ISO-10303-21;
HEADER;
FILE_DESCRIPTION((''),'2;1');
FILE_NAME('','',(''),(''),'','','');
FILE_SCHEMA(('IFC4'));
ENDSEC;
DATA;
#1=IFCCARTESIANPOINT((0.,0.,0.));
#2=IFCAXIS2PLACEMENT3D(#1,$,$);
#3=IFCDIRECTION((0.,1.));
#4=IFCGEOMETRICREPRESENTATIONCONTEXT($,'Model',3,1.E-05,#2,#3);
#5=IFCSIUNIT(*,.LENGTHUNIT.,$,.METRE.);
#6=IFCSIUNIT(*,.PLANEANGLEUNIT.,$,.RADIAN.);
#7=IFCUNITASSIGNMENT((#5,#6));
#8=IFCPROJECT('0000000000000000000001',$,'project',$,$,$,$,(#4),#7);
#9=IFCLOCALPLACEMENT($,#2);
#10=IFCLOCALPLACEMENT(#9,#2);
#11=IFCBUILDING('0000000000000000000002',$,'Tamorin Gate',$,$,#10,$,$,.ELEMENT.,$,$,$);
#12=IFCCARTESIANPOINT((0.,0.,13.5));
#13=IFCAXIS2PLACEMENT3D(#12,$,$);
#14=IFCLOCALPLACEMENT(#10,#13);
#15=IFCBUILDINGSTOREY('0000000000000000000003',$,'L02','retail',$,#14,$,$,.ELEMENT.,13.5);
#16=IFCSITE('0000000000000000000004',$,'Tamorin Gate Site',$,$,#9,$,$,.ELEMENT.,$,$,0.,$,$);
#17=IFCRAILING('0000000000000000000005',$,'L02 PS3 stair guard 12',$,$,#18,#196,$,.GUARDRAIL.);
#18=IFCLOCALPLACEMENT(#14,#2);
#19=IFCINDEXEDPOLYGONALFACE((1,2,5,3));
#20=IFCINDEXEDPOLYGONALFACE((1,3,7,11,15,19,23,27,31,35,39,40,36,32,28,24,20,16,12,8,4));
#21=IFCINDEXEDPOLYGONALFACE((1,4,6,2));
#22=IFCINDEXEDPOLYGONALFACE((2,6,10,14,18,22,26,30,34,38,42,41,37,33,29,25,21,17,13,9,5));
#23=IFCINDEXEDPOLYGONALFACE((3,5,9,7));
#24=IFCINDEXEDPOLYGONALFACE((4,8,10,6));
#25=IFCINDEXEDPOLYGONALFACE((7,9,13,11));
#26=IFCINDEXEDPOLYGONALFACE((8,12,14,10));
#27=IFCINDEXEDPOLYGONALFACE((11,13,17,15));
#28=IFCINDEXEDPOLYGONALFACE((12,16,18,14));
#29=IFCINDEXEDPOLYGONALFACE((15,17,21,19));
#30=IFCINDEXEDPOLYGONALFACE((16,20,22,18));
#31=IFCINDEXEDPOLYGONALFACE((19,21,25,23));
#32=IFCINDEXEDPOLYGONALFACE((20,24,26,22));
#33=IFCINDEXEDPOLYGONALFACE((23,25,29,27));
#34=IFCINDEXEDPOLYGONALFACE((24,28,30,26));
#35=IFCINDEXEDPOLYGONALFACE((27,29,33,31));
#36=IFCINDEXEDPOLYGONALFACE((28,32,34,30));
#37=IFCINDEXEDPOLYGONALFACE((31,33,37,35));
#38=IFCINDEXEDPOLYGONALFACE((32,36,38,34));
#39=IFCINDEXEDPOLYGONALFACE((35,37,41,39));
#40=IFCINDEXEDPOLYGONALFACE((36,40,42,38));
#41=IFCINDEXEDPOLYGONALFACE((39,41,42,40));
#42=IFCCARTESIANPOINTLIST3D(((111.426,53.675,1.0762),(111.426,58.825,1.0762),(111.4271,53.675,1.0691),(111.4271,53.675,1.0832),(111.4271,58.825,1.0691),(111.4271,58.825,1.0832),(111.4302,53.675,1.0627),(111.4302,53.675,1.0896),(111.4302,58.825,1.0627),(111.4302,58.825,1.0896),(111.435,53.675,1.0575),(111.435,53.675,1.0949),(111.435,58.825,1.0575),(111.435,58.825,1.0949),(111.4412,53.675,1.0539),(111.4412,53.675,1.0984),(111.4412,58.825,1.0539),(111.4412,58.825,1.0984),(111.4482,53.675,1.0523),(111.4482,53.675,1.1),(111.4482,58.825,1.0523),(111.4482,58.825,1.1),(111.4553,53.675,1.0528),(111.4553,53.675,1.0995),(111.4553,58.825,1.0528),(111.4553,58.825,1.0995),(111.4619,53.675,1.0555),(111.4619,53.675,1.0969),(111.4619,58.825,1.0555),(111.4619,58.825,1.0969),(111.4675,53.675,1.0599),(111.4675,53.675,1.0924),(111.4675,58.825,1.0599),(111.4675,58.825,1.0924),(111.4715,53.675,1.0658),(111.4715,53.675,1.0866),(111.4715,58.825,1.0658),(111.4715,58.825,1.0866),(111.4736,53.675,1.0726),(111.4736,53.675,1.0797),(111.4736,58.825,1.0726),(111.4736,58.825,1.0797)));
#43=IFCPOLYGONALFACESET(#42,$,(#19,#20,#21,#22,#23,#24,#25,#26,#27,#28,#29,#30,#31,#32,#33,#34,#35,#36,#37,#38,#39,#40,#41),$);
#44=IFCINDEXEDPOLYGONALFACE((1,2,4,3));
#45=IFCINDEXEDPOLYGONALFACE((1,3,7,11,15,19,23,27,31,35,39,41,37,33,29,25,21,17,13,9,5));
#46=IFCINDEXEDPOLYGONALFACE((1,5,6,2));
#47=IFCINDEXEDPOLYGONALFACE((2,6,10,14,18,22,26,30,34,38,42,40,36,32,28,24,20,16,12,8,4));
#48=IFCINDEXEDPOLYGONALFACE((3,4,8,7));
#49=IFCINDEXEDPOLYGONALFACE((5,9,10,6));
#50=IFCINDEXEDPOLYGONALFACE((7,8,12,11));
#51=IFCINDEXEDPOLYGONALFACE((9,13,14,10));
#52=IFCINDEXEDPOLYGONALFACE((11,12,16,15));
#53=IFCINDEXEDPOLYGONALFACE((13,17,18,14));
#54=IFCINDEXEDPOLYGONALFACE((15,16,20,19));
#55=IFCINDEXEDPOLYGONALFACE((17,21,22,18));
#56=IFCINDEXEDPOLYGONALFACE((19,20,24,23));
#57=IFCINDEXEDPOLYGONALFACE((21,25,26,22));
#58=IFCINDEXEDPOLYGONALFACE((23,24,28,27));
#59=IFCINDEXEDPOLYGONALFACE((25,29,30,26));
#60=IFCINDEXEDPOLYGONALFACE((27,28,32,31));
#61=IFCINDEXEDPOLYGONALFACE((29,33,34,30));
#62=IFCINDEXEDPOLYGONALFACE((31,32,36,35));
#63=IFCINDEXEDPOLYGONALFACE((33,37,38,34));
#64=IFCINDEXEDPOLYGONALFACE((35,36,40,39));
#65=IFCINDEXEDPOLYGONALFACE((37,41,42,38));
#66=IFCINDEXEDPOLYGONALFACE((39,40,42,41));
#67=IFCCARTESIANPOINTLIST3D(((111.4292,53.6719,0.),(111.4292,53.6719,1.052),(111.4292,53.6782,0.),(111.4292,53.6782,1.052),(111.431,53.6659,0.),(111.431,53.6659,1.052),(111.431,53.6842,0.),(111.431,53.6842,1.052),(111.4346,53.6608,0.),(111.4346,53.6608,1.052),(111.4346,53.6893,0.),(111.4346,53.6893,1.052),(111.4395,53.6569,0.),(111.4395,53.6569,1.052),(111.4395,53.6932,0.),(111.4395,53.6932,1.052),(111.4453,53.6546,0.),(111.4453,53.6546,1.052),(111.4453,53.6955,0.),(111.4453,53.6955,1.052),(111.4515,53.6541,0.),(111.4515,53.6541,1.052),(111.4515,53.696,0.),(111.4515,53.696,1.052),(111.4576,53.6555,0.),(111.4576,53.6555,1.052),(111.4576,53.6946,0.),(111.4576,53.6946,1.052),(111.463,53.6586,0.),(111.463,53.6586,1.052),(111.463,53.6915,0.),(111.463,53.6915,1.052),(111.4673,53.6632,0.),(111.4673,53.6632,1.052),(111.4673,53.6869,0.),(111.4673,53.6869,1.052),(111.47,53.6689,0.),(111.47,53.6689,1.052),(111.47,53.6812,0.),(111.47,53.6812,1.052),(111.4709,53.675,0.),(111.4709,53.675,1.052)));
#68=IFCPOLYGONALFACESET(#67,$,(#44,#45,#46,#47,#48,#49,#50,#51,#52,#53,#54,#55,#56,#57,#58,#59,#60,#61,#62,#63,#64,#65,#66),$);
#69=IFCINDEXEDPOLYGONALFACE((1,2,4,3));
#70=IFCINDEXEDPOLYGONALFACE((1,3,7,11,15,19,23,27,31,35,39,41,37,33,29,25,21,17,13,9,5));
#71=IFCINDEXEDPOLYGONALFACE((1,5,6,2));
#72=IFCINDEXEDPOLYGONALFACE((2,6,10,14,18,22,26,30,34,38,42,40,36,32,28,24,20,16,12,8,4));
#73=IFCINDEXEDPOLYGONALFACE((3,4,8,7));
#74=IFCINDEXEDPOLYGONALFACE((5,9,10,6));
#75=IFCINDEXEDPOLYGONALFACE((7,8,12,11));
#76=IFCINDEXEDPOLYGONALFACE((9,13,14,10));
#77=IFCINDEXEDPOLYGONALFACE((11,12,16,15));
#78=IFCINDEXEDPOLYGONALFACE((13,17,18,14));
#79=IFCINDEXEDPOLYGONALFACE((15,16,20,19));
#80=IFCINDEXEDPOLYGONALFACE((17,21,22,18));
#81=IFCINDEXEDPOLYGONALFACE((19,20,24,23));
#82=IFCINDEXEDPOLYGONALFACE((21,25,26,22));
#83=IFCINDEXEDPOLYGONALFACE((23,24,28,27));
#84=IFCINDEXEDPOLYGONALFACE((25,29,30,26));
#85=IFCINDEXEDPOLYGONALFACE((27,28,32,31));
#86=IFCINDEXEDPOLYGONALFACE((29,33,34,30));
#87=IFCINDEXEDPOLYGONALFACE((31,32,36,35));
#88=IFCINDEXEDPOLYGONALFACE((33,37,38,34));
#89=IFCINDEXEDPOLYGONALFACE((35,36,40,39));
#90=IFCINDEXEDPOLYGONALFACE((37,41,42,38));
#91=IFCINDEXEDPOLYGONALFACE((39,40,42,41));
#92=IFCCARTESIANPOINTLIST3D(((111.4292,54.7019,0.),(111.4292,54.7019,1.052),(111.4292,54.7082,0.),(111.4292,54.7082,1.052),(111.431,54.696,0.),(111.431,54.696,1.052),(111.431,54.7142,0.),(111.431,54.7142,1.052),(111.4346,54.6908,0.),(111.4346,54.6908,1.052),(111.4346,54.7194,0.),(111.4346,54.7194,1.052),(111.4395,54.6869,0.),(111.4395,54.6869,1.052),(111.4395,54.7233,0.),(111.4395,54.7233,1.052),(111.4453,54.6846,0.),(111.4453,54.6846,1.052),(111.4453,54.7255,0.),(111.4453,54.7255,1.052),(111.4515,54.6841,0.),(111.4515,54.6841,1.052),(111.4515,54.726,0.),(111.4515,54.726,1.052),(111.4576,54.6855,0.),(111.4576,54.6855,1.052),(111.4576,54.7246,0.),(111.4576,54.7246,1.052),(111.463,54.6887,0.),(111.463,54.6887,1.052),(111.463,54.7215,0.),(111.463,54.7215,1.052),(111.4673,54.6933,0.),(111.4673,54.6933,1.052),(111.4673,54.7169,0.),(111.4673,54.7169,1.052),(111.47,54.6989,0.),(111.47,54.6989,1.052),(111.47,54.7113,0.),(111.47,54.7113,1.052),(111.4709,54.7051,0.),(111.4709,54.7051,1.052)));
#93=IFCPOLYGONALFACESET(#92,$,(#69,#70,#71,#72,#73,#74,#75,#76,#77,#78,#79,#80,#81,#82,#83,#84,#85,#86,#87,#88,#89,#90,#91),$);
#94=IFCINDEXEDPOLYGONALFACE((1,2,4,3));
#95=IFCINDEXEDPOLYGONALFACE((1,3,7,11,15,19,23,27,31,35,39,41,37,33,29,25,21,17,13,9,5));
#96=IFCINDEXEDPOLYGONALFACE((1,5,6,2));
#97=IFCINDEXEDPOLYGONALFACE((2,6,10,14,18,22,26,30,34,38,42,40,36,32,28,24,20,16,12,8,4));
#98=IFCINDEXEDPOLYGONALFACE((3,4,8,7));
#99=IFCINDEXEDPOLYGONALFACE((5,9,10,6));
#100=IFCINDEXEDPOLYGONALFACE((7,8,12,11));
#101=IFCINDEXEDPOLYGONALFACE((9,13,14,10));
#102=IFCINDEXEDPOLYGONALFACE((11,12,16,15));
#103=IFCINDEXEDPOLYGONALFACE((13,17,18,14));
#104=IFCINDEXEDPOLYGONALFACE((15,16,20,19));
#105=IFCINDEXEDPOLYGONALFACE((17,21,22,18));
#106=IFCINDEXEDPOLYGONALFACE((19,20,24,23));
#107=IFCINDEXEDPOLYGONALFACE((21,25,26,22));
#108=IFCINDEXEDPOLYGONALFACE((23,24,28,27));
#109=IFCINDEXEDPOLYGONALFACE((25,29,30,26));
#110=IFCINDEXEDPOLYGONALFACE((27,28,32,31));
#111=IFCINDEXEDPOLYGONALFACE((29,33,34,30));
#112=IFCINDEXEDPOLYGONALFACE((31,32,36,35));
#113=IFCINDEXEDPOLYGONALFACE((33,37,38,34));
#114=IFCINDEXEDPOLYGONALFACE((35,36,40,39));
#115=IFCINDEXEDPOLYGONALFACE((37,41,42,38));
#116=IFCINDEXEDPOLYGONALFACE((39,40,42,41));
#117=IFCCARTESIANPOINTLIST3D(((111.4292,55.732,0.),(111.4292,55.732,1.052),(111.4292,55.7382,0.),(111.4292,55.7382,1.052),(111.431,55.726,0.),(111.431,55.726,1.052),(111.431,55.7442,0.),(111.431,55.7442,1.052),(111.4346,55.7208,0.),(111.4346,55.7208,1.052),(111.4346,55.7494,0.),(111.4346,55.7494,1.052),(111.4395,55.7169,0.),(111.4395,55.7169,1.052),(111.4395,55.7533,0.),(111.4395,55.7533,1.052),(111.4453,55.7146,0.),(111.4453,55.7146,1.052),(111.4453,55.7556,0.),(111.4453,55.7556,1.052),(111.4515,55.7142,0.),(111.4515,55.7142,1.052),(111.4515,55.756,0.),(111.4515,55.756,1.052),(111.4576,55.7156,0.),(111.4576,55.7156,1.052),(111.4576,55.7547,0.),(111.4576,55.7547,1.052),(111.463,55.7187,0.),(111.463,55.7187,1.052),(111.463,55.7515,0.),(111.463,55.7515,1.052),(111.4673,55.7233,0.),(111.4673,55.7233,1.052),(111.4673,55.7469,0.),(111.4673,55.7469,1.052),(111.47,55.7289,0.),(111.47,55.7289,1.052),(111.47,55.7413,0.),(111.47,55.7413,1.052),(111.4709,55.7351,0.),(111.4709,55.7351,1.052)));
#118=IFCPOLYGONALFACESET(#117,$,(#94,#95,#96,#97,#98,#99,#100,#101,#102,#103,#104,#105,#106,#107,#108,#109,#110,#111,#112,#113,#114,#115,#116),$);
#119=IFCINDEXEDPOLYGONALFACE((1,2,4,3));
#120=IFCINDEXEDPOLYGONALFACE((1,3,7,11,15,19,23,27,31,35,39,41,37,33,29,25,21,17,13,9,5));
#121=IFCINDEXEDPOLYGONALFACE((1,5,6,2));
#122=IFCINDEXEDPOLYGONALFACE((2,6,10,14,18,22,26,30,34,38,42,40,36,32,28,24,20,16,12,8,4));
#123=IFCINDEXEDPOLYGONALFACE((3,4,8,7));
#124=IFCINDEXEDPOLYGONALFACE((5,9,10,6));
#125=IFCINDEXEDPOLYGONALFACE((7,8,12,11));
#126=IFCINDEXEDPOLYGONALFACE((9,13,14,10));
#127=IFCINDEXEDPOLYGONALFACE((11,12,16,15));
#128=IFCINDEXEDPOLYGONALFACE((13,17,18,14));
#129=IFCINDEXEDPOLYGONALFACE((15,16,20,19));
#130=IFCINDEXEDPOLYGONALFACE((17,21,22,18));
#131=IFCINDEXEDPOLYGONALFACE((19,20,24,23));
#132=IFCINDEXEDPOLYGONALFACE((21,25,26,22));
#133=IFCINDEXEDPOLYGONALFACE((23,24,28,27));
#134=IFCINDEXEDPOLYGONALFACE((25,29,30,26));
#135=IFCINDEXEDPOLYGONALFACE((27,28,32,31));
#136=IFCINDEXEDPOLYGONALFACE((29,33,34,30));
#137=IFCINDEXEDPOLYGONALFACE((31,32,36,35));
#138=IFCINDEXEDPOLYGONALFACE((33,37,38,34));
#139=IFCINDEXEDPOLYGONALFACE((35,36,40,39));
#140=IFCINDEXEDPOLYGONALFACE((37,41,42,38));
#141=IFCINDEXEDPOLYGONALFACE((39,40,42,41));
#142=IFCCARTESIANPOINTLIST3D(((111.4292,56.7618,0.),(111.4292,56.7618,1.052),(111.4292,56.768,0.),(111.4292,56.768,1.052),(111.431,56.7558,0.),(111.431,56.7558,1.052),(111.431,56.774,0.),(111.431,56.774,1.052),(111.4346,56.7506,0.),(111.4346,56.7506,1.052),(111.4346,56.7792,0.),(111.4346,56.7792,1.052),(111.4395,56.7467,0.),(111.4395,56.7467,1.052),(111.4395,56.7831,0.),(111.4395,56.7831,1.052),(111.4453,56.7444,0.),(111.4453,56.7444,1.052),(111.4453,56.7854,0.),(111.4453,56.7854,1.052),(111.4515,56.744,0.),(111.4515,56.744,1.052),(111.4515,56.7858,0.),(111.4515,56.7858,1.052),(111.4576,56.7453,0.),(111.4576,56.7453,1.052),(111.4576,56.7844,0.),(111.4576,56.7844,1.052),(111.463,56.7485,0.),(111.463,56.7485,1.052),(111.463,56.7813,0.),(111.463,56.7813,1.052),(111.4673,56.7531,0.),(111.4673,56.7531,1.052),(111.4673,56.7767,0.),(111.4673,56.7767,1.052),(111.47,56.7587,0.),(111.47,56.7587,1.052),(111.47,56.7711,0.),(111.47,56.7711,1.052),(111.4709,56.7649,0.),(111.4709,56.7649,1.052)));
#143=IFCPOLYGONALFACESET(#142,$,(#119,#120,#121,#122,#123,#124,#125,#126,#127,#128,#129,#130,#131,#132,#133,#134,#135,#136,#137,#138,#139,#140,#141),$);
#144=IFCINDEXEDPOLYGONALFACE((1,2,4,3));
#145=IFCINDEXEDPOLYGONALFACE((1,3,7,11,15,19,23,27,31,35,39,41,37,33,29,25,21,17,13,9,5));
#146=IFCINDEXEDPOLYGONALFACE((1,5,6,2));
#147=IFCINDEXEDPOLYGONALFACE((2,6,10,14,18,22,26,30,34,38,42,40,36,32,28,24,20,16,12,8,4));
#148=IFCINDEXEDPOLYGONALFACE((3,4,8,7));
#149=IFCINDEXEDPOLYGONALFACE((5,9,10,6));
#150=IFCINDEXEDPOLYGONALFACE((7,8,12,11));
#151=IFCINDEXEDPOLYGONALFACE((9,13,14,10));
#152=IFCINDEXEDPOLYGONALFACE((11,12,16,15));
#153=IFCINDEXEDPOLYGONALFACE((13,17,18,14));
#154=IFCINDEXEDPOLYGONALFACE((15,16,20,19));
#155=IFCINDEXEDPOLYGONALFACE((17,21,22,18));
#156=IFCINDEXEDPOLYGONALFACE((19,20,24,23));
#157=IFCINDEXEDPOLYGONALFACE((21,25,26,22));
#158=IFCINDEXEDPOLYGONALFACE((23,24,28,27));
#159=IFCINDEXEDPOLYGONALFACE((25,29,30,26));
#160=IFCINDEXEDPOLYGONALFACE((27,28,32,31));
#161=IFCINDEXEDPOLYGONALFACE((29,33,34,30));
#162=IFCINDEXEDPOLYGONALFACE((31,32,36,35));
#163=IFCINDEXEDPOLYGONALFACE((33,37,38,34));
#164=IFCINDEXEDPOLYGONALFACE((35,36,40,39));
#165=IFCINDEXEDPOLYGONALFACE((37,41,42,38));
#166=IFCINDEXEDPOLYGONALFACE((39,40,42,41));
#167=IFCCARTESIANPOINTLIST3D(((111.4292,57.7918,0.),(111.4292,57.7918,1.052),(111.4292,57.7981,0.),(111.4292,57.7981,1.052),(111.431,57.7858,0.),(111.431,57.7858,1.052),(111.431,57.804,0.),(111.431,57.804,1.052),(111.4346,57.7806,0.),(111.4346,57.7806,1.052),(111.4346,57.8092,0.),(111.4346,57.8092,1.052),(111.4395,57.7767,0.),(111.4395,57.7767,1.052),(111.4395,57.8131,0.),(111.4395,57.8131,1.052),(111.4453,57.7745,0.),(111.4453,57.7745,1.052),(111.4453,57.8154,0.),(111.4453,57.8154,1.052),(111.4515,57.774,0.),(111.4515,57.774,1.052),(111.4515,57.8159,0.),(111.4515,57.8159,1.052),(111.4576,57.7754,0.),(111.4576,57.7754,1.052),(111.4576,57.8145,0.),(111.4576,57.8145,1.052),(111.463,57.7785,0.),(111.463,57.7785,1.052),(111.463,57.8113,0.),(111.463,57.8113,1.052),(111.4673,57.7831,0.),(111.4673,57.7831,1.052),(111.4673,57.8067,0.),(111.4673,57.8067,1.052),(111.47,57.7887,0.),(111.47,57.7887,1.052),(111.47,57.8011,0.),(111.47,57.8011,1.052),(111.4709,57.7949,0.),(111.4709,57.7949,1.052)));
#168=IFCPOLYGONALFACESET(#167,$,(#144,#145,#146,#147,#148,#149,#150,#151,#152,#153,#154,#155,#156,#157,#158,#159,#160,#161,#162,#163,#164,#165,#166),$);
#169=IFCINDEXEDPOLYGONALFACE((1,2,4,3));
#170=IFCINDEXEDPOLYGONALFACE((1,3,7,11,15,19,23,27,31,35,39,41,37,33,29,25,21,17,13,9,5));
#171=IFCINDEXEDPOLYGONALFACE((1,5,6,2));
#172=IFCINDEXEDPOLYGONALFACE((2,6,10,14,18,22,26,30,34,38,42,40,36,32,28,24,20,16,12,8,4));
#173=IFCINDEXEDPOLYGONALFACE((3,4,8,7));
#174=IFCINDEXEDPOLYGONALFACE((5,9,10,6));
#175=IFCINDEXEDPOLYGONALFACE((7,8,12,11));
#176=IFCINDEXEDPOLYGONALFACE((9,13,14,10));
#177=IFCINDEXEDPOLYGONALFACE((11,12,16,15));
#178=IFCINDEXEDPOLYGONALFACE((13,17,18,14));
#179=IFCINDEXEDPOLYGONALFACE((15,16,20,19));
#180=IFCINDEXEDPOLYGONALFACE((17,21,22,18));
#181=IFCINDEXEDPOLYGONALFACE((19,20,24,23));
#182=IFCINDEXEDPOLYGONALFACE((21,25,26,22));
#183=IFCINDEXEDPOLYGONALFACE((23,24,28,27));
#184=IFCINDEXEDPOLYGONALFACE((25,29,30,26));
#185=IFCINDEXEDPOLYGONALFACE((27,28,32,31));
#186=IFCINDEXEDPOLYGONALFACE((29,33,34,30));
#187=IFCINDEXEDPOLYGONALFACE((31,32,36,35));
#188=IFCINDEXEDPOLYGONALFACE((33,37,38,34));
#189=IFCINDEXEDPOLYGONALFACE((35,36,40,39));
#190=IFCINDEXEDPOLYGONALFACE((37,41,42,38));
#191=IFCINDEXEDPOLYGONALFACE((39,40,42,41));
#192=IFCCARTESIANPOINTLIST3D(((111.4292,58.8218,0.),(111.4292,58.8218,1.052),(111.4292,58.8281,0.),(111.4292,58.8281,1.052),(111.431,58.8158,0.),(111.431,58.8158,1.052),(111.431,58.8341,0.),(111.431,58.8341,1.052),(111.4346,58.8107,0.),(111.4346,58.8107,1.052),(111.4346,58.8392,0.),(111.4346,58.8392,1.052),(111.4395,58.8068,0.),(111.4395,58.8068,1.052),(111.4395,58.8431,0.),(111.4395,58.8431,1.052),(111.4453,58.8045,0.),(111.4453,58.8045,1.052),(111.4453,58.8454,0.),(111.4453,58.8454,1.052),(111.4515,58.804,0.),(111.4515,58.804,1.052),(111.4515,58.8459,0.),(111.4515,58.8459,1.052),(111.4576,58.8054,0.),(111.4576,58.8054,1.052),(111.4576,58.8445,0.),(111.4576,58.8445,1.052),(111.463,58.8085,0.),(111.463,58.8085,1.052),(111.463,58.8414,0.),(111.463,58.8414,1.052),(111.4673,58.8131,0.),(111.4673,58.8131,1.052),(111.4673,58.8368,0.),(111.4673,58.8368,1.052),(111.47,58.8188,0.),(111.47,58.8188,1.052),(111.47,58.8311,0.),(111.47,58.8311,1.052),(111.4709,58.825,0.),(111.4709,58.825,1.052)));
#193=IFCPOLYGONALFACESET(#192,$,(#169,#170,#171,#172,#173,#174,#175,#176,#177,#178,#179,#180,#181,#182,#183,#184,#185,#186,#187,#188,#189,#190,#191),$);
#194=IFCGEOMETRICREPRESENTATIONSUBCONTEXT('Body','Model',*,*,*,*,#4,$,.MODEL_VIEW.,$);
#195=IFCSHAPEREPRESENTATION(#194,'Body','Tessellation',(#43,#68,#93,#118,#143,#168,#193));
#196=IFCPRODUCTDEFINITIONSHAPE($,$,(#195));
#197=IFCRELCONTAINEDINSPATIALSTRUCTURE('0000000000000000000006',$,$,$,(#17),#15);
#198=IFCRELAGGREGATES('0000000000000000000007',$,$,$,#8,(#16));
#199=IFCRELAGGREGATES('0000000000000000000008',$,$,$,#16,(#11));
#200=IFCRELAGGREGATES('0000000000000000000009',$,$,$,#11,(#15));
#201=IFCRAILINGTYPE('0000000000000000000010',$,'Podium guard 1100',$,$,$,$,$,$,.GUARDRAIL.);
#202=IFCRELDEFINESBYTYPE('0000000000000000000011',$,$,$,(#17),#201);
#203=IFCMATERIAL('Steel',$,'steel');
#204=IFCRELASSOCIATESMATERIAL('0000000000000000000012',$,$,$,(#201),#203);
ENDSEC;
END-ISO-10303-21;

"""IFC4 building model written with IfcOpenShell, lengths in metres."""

from ifc_helpers import new_model, si_unit, direction, frame, origin, origin_2d, place, context, subcontext, project, spatial, circle, extrude, material, type_object, element, save


model = new_model("IFC4")

# Units and contexts
model_context = context("Model", 3, precision=1e-05, world=origin(), true_north=direction((0.0, 1.0)))
body_context = subcontext(model_context, "Body", "Model", "MODEL_VIEW")
ifc_project = project(units=[si_unit("LENGTHUNIT", "METRE"), si_unit("PLANEANGLEUNIT", "RADIAN")], contexts=[model_context])

# Site, building, storey
site_placement = place(None, origin())
site = spatial("IfcSite", under=ifc_project, at=site_placement, Name="Tamorin Gate Site", CompositionType="ELEMENT", RefElevation=0.0)
building_placement = place(site_placement, origin())
building = spatial("IfcBuilding", under=site, at=building_placement, Name="Tamorin Gate", CompositionType="ELEMENT")
storey_placement = place(building_placement, frame((0.0, 0.0, 13.5)))
storey = spatial("IfcBuildingStorey", under=building, at=storey_placement, Name="L02", Description="retail", CompositionType="ELEMENT", Elevation=13.5)

# Railing
ifc_material_1 = material(Name="Steel", Category="steel")
railing_type_1 = type_object("IfcRailingType", Name="Podium guard 1100", PredefinedType="GUARDRAIL", material=ifc_material_1)
railing_1_placement = place(storey_placement, frame((111.45, 53.675, 0.0)))
element("IfcRailing", 1, at=railing_1_placement, inside=storey, type_object=railing_type_1, Name="L02 PS3 stair guard 12", PredefinedType="GUARDRAIL", context=body_context, shape_type="SweptSolid", body=[
    extrude(circle(Radius=0.0239, at=origin_2d()), frame((0.0, 0.0, 1.0762), z_axis=(0.0, 1.0, 0.0), x_axis=(-1.0, 0.0, 0.0)), (0.0, 0.0, 1.0), 5.1499),
    extrude(circle(Radius=0.021, at=origin_2d()), origin(), (0.0, 0.0, 1.0), 1.052),
    extrude(circle(Radius=0.021, at=origin_2d()), frame((0.0, 1.03, 0.0)), (0.0, 0.0, 1.0), 1.052),
    extrude(circle(Radius=0.021, at=origin_2d()), frame((0.0, 2.0601, 0.0)), (0.0, 0.0, 1.0), 1.052),
    extrude(circle(Radius=0.021, at=origin_2d()), frame((0.0, 3.0898, 0.0)), (0.0, 0.0, 1.0), 1.052),
    extrude(circle(Radius=0.021, at=origin_2d()), frame((0.0, 4.1199, 0.0)), (0.0, 0.0, 1.0), 1.052),
    extrude(circle(Radius=0.021, at=origin_2d()), frame((0.0, 5.1499, 0.0)), (0.0, 0.0, 1.0), 1.052),
])

save(model, "model.ifc")
